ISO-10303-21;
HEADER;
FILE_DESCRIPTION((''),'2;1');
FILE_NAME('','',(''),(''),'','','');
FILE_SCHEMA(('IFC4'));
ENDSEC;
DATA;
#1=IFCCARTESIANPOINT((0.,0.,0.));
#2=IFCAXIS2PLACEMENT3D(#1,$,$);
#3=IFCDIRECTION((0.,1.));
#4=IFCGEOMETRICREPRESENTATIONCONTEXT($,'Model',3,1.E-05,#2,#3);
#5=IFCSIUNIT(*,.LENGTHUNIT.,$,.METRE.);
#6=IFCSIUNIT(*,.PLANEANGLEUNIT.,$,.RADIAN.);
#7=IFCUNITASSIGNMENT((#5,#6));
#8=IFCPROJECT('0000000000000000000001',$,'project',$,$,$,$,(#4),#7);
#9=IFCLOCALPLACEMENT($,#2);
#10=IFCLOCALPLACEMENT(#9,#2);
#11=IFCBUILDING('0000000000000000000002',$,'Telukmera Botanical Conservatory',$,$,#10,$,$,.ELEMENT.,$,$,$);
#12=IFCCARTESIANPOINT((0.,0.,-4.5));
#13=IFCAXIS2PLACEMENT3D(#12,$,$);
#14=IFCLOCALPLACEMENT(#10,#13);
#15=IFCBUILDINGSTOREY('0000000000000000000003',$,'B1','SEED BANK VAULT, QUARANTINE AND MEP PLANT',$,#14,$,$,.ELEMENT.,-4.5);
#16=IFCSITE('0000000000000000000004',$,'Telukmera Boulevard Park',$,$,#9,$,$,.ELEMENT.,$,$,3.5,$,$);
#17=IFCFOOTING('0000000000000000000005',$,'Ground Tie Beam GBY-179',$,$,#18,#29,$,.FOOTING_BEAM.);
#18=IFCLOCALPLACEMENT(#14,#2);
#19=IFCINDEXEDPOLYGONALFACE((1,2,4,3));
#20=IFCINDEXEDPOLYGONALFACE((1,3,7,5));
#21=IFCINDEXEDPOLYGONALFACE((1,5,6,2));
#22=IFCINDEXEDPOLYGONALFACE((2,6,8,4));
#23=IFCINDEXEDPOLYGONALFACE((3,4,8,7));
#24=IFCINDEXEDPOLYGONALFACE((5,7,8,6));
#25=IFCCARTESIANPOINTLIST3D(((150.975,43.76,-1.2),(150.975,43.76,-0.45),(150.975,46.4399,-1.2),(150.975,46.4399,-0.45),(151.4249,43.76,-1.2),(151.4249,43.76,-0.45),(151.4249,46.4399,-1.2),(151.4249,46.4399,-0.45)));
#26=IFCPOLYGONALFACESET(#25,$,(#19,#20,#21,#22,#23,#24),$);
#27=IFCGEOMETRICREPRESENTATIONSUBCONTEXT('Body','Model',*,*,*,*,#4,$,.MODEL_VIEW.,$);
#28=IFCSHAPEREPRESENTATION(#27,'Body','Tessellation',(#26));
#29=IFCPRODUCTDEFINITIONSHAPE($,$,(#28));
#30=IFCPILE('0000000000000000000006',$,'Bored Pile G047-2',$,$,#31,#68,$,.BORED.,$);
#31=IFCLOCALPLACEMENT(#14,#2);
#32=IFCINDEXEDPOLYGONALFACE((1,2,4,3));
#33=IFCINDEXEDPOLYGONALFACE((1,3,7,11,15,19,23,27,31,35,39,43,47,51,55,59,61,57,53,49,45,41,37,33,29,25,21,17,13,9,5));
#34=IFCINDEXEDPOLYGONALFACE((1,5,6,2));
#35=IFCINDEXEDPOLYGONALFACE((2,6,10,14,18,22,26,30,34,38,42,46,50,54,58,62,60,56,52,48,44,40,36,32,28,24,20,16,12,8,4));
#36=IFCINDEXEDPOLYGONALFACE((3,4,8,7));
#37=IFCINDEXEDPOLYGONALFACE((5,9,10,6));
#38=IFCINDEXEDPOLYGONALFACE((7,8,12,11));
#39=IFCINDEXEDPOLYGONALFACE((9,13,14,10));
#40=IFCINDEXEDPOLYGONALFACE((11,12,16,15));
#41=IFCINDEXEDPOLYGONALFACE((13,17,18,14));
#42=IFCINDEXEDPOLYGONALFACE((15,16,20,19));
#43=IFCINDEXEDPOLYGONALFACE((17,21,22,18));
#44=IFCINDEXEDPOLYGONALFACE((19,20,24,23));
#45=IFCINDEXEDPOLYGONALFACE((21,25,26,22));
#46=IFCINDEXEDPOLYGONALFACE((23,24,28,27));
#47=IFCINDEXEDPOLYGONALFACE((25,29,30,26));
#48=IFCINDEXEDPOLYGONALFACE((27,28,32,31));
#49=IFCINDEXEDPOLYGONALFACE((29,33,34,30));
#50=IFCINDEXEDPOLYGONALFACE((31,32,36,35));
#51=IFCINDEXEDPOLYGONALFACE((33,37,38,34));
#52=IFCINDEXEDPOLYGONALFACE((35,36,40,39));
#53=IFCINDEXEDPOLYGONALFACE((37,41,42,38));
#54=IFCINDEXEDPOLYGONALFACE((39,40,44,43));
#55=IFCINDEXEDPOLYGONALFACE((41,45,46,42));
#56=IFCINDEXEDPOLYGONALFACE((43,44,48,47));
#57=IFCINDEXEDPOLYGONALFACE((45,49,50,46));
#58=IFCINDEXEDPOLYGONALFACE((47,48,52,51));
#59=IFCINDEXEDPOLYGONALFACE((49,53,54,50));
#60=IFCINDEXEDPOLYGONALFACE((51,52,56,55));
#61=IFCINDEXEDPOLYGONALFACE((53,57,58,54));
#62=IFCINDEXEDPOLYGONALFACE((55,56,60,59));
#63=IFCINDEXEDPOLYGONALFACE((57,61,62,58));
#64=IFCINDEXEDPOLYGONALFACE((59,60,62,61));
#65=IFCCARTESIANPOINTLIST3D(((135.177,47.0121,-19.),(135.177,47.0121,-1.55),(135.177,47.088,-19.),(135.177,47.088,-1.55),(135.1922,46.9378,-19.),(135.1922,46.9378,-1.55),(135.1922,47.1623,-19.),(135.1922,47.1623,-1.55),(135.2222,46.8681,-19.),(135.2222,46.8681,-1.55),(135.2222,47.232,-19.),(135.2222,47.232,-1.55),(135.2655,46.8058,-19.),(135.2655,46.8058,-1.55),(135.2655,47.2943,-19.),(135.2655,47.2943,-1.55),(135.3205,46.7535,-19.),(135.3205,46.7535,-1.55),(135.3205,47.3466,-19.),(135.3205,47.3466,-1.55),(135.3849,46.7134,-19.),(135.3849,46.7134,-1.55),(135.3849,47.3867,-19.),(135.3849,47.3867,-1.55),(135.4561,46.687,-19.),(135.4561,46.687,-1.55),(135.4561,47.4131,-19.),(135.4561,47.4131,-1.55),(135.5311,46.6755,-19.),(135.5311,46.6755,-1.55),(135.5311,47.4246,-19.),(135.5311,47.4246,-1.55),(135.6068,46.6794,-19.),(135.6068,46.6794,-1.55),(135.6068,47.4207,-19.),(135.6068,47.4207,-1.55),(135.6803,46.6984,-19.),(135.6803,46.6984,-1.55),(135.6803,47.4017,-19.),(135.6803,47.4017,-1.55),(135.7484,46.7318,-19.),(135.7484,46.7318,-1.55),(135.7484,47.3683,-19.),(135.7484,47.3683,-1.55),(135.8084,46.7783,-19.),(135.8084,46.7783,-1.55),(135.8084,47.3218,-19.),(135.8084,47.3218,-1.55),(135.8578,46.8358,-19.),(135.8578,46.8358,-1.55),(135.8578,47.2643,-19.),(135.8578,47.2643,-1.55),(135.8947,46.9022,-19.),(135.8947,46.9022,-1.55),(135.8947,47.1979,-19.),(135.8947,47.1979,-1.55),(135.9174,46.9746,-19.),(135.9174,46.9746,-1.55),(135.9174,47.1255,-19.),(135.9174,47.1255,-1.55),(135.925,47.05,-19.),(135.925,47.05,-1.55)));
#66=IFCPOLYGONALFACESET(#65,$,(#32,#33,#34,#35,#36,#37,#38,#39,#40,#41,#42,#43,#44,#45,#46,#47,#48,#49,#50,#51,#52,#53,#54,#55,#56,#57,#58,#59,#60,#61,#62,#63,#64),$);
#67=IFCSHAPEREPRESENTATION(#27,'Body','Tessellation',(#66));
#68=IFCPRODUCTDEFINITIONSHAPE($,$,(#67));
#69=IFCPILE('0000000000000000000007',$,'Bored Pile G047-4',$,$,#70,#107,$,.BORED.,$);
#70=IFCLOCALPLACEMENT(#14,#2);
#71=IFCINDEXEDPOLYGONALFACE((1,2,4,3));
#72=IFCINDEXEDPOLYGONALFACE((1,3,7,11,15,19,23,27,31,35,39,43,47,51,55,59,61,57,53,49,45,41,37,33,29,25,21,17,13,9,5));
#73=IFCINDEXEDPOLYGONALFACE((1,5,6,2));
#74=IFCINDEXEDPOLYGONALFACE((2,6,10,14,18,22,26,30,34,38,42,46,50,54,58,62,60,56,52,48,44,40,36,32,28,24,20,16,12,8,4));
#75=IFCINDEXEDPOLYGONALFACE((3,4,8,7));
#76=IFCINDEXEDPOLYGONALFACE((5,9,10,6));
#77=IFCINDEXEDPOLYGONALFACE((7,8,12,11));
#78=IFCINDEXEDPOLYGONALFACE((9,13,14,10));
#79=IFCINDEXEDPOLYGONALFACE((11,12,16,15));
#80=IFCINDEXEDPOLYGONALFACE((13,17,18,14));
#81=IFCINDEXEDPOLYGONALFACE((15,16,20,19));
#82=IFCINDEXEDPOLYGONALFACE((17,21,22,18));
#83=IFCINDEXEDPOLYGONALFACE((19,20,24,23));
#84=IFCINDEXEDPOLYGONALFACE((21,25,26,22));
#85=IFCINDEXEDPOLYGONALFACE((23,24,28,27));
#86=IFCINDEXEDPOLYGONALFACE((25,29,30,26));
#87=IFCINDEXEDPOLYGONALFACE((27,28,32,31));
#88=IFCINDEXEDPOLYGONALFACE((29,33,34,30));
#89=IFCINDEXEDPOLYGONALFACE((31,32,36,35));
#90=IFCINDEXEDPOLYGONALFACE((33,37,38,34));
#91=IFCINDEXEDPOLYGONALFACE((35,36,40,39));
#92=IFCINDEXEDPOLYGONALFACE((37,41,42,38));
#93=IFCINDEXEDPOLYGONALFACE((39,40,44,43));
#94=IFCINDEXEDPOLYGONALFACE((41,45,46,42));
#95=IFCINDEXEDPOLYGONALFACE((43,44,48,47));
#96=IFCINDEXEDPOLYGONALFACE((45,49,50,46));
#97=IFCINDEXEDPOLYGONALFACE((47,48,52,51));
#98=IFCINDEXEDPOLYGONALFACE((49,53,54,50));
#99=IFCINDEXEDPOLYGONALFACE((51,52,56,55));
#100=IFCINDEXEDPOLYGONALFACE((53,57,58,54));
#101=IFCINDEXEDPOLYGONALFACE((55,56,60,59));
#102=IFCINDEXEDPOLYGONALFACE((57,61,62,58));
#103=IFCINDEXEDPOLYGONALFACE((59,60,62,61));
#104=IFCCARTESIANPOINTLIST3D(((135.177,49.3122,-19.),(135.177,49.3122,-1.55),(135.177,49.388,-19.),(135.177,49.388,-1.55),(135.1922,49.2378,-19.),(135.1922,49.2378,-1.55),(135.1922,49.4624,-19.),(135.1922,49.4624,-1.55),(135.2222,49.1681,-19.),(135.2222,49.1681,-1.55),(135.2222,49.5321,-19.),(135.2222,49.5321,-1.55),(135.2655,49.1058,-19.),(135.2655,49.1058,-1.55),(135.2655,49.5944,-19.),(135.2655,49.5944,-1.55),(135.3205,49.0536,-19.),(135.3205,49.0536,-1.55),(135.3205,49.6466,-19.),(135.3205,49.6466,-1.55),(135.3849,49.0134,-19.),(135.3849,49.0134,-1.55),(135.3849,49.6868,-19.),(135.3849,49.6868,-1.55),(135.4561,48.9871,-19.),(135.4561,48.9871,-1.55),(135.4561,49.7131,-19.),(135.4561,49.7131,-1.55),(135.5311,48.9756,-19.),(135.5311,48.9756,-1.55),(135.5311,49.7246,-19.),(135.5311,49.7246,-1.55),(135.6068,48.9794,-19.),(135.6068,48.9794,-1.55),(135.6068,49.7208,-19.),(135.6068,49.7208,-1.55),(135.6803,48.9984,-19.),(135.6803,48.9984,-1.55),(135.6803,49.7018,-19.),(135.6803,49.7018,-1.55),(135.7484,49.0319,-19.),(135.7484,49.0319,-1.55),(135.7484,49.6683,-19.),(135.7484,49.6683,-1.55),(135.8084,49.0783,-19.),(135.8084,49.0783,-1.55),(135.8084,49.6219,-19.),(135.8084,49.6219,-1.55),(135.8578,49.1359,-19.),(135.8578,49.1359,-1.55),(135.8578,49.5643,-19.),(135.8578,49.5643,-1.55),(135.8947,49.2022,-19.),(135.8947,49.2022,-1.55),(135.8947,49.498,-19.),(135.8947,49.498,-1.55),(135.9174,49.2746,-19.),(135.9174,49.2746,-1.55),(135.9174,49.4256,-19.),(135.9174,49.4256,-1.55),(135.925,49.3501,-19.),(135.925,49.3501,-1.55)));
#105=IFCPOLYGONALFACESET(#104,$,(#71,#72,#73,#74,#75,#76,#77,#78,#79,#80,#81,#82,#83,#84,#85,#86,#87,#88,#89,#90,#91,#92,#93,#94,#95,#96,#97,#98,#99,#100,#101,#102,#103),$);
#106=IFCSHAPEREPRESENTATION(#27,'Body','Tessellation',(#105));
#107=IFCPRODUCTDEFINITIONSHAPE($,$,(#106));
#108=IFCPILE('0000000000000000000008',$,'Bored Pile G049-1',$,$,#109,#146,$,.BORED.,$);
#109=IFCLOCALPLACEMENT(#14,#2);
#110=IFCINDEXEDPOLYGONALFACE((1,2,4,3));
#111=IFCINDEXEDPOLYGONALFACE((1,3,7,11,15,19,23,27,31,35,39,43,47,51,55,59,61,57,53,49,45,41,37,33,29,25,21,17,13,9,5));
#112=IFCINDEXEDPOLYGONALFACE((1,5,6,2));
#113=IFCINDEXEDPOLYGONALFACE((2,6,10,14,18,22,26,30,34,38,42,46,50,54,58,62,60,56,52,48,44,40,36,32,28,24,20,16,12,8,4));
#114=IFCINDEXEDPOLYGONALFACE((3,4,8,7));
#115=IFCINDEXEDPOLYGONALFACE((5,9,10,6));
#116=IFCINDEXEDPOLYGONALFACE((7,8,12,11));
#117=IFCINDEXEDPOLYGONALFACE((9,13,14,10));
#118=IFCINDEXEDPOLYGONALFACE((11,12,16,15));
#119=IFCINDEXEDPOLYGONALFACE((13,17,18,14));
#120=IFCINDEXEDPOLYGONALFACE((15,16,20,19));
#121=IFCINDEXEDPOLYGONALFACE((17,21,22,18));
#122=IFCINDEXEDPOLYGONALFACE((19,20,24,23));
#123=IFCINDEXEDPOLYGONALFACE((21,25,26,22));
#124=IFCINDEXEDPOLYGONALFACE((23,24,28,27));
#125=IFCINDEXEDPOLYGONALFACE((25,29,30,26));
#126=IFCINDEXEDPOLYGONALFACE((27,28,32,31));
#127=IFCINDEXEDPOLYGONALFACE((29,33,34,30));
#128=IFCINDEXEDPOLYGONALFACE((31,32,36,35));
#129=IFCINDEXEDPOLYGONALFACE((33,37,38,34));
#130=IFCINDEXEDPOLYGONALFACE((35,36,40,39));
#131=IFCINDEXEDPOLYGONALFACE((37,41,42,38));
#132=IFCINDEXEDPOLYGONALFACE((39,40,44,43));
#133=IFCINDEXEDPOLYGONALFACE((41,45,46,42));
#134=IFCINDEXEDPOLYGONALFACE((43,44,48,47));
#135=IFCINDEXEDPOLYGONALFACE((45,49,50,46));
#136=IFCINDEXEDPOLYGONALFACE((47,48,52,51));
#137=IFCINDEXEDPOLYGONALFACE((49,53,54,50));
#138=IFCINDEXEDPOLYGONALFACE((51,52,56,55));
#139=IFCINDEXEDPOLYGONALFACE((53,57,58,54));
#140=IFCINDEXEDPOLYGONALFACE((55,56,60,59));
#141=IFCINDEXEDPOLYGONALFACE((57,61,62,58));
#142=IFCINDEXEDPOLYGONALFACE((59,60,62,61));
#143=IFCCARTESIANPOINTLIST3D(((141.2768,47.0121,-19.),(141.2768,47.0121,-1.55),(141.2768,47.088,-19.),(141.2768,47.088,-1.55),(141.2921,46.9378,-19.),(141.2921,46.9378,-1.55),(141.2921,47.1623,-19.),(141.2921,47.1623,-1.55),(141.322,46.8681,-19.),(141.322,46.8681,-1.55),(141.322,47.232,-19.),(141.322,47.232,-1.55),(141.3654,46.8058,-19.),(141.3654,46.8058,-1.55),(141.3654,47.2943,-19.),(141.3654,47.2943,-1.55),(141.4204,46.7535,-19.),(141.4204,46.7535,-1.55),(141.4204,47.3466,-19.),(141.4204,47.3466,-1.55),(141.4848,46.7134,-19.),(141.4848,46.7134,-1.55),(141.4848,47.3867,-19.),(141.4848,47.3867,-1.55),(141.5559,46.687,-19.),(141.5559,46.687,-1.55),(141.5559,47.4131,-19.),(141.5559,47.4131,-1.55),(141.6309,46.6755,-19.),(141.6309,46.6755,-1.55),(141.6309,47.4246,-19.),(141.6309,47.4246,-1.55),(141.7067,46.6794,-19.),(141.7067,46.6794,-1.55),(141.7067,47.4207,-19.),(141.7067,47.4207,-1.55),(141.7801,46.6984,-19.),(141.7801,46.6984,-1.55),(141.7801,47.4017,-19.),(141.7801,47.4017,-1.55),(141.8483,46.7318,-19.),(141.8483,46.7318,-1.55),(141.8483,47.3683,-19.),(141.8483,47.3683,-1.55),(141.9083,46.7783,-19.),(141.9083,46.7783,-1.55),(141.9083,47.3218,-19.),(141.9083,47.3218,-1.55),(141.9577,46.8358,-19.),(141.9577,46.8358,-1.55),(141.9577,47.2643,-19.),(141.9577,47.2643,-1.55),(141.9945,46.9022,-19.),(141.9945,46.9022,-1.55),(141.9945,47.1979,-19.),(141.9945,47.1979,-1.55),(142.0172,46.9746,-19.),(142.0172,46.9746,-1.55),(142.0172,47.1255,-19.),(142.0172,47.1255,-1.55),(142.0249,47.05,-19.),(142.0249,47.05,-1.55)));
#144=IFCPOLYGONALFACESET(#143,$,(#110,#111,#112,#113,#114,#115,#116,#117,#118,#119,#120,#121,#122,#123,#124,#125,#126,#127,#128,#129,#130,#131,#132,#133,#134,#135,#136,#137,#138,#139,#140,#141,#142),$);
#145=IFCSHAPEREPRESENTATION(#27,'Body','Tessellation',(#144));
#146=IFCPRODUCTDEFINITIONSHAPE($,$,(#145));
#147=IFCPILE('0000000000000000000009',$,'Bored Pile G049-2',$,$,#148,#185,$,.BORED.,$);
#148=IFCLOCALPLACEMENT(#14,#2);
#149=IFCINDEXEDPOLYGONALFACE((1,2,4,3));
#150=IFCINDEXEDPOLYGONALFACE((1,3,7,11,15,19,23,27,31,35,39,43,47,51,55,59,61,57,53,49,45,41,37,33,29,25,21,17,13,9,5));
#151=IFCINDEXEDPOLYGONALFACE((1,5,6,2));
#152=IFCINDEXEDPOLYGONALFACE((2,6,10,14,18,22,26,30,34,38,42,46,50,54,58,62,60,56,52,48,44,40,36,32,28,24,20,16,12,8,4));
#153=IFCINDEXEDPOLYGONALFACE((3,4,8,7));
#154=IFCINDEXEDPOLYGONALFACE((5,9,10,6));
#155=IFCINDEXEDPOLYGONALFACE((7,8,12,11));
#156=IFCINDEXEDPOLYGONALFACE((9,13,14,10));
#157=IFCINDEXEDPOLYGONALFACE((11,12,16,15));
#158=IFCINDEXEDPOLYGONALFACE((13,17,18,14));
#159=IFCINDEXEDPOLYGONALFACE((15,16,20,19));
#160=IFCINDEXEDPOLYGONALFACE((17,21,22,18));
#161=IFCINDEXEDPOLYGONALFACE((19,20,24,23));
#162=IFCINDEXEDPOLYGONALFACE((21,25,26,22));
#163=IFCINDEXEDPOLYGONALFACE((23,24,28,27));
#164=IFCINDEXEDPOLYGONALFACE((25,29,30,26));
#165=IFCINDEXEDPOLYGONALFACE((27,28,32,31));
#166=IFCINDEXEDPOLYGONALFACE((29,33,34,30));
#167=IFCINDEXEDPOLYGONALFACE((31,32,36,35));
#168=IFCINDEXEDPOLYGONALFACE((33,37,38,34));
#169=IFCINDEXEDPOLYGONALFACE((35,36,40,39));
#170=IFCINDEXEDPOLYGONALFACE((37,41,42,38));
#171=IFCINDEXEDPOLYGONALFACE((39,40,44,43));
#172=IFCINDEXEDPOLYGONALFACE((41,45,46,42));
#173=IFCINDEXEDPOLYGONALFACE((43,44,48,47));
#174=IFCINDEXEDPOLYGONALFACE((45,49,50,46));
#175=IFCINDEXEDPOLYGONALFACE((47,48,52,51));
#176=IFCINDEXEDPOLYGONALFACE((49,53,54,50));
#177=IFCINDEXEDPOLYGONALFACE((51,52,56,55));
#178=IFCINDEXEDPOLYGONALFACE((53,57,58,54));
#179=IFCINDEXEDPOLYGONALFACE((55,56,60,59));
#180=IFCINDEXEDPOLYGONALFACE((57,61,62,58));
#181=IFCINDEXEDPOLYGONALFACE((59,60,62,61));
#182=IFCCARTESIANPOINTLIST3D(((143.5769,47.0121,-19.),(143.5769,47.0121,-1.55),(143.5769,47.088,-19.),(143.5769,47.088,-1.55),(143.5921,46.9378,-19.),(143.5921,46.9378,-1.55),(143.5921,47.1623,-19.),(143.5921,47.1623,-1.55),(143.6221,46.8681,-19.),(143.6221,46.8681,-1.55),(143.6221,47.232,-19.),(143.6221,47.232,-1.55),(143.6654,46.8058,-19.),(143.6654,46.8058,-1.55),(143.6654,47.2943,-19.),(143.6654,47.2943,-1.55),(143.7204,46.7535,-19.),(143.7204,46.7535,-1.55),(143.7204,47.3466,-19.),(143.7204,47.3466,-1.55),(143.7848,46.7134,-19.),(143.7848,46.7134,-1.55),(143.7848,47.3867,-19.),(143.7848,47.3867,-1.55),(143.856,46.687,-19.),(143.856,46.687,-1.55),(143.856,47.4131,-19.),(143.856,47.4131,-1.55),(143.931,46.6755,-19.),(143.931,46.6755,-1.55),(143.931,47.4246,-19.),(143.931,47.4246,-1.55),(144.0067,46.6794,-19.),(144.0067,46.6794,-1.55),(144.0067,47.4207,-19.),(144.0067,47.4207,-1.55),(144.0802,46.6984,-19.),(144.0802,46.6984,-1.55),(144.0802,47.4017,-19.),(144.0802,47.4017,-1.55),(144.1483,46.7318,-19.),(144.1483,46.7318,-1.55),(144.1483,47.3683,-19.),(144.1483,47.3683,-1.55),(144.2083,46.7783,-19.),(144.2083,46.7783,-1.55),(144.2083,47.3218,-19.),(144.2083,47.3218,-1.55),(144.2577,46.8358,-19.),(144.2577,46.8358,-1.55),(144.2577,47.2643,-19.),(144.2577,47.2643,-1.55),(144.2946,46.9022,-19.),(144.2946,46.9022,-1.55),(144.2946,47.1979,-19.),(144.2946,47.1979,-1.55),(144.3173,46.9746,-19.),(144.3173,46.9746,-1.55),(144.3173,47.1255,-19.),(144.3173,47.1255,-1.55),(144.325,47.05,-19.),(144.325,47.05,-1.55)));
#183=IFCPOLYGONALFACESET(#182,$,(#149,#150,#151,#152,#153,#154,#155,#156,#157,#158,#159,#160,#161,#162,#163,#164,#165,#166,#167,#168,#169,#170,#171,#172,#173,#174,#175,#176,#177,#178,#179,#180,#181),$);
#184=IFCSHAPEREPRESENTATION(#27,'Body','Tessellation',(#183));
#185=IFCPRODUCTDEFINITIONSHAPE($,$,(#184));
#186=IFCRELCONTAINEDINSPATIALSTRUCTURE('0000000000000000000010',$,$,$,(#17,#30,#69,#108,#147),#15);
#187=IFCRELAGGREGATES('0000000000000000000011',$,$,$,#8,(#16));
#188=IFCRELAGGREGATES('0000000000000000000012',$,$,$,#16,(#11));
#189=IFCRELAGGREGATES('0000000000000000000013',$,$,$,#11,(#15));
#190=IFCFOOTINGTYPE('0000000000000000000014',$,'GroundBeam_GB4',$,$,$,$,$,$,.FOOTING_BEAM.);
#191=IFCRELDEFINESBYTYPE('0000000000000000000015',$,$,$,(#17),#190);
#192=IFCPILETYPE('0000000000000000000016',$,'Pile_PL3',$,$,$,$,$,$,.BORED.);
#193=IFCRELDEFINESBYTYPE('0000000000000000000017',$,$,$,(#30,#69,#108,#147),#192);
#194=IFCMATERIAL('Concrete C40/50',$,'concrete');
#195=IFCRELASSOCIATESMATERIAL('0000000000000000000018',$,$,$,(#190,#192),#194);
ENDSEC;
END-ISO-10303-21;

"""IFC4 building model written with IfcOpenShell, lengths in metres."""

from ifc_helpers import new_model, si_unit, direction, frame, origin, origin_2d, place, context, subcontext, project, spatial, rectangle, circle, extrude, material, material_profile, profile_set, type_object, element, save


model = new_model("IFC4")

# Units and contexts
model_context = context("Model", 3, precision=1e-05, world=origin(), true_north=direction((0.0, 1.0)))
body_context = subcontext(model_context, "Body", "Model", "MODEL_VIEW")
ifc_project = project(units=[si_unit("LENGTHUNIT", "METRE"), si_unit("PLANEANGLEUNIT", "RADIAN")], contexts=[model_context])

# Site, building, storey
site_placement = place(None, origin())
site = spatial("IfcSite", under=ifc_project, at=site_placement, Name="Telukmera Boulevard Park", CompositionType="ELEMENT", RefElevation=3.5)
building_placement = place(site_placement, origin())
building = spatial("IfcBuilding", under=site, at=building_placement, Name="Telukmera Botanical Conservatory", CompositionType="ELEMENT")
storey_placement = place(building_placement, frame((0.0, 0.0, -4.5)))
storey = spatial("IfcBuildingStorey", under=building, at=storey_placement, Name="B1", Description="SEED BANK VAULT, QUARANTINE AND MEP PLANT", CompositionType="ELEMENT", Elevation=-4.5)

# Footing
ifc_material_1 = material(Name="Concrete C40/50", Category="concrete")
ifc_material_profile_1 = material_profile(ifc_material_1, rectangle(XDim=0.45, YDim=0.75, at=origin_2d()), Name="RC 450x750")
ifc_profile_set_1 = profile_set([ifc_material_profile_1], Name="Concrete C40/50")
footing_type_1 = type_object("IfcFootingType", Name="GroundBeam_GB4", PredefinedType="FOOTING_BEAM", material=ifc_profile_set_1)
footing_1_placement = place(storey_placement, frame((151.2, 43.76, -0.825), z_axis=(0.0, 1.0, 0.0), x_axis=(-1.0, 0.0, 0.0)))
element("IfcFooting", 1, at=footing_1_placement, inside=storey, type_object=footing_type_1, Name="Ground Tie Beam GBY-179", PredefinedType="FOOTING_BEAM", context=body_context, shape_type="SweptSolid", body=[
    extrude(rectangle(XDim=0.45, YDim=0.75, at=origin_2d()), origin(), (0.0, 0.0, 1.0), 2.6799),
])

# Piles
ifc_material_profile_2 = material_profile(ifc_material_1, circle(Radius=0.375, at=origin_2d()), Name="PILE D750")
ifc_profile_set_2 = profile_set([ifc_material_profile_2], Name="Concrete C40/50")
pile_type = type_object("IfcPileType", Name="Pile_PL3", PredefinedType="BORED", material=ifc_profile_set_2)
for number, where, z_axis, x_axis, name in (
    (2, (135.55, 47.05, -1.55), (0.0, 0.0, -1.0), (1.0, 0.0, 0.0), "Bored Pile G047-2"),
    (3, (135.55, 49.3501, -1.55), (0.0, 0.0, -1.0), (1.0, 0.0, 0.0), "Bored Pile G047-4"),
    (4, (141.6499, 47.05, -1.55), (0.0, 0.0, -1.0), (1.0, 0.0, 0.0), "Bored Pile G049-1"),
    (5, (143.95, 47.05, -1.55), (0.0, 0.0, -1.0), (1.0, 0.0, 0.0), "Bored Pile G049-2"),
):
    element("IfcPile", number, at=place(storey_placement, frame(where, z_axis=z_axis, x_axis=x_axis)), inside=storey, type_object=pile_type, Name=name, PredefinedType="BORED", context=body_context, shape_type="SweptSolid", body=[
        extrude(circle(Radius=0.375, at=origin_2d()), origin(), (0.0, 0.0, 1.0), 17.45),
    ])

save(model, "model.ifc")
